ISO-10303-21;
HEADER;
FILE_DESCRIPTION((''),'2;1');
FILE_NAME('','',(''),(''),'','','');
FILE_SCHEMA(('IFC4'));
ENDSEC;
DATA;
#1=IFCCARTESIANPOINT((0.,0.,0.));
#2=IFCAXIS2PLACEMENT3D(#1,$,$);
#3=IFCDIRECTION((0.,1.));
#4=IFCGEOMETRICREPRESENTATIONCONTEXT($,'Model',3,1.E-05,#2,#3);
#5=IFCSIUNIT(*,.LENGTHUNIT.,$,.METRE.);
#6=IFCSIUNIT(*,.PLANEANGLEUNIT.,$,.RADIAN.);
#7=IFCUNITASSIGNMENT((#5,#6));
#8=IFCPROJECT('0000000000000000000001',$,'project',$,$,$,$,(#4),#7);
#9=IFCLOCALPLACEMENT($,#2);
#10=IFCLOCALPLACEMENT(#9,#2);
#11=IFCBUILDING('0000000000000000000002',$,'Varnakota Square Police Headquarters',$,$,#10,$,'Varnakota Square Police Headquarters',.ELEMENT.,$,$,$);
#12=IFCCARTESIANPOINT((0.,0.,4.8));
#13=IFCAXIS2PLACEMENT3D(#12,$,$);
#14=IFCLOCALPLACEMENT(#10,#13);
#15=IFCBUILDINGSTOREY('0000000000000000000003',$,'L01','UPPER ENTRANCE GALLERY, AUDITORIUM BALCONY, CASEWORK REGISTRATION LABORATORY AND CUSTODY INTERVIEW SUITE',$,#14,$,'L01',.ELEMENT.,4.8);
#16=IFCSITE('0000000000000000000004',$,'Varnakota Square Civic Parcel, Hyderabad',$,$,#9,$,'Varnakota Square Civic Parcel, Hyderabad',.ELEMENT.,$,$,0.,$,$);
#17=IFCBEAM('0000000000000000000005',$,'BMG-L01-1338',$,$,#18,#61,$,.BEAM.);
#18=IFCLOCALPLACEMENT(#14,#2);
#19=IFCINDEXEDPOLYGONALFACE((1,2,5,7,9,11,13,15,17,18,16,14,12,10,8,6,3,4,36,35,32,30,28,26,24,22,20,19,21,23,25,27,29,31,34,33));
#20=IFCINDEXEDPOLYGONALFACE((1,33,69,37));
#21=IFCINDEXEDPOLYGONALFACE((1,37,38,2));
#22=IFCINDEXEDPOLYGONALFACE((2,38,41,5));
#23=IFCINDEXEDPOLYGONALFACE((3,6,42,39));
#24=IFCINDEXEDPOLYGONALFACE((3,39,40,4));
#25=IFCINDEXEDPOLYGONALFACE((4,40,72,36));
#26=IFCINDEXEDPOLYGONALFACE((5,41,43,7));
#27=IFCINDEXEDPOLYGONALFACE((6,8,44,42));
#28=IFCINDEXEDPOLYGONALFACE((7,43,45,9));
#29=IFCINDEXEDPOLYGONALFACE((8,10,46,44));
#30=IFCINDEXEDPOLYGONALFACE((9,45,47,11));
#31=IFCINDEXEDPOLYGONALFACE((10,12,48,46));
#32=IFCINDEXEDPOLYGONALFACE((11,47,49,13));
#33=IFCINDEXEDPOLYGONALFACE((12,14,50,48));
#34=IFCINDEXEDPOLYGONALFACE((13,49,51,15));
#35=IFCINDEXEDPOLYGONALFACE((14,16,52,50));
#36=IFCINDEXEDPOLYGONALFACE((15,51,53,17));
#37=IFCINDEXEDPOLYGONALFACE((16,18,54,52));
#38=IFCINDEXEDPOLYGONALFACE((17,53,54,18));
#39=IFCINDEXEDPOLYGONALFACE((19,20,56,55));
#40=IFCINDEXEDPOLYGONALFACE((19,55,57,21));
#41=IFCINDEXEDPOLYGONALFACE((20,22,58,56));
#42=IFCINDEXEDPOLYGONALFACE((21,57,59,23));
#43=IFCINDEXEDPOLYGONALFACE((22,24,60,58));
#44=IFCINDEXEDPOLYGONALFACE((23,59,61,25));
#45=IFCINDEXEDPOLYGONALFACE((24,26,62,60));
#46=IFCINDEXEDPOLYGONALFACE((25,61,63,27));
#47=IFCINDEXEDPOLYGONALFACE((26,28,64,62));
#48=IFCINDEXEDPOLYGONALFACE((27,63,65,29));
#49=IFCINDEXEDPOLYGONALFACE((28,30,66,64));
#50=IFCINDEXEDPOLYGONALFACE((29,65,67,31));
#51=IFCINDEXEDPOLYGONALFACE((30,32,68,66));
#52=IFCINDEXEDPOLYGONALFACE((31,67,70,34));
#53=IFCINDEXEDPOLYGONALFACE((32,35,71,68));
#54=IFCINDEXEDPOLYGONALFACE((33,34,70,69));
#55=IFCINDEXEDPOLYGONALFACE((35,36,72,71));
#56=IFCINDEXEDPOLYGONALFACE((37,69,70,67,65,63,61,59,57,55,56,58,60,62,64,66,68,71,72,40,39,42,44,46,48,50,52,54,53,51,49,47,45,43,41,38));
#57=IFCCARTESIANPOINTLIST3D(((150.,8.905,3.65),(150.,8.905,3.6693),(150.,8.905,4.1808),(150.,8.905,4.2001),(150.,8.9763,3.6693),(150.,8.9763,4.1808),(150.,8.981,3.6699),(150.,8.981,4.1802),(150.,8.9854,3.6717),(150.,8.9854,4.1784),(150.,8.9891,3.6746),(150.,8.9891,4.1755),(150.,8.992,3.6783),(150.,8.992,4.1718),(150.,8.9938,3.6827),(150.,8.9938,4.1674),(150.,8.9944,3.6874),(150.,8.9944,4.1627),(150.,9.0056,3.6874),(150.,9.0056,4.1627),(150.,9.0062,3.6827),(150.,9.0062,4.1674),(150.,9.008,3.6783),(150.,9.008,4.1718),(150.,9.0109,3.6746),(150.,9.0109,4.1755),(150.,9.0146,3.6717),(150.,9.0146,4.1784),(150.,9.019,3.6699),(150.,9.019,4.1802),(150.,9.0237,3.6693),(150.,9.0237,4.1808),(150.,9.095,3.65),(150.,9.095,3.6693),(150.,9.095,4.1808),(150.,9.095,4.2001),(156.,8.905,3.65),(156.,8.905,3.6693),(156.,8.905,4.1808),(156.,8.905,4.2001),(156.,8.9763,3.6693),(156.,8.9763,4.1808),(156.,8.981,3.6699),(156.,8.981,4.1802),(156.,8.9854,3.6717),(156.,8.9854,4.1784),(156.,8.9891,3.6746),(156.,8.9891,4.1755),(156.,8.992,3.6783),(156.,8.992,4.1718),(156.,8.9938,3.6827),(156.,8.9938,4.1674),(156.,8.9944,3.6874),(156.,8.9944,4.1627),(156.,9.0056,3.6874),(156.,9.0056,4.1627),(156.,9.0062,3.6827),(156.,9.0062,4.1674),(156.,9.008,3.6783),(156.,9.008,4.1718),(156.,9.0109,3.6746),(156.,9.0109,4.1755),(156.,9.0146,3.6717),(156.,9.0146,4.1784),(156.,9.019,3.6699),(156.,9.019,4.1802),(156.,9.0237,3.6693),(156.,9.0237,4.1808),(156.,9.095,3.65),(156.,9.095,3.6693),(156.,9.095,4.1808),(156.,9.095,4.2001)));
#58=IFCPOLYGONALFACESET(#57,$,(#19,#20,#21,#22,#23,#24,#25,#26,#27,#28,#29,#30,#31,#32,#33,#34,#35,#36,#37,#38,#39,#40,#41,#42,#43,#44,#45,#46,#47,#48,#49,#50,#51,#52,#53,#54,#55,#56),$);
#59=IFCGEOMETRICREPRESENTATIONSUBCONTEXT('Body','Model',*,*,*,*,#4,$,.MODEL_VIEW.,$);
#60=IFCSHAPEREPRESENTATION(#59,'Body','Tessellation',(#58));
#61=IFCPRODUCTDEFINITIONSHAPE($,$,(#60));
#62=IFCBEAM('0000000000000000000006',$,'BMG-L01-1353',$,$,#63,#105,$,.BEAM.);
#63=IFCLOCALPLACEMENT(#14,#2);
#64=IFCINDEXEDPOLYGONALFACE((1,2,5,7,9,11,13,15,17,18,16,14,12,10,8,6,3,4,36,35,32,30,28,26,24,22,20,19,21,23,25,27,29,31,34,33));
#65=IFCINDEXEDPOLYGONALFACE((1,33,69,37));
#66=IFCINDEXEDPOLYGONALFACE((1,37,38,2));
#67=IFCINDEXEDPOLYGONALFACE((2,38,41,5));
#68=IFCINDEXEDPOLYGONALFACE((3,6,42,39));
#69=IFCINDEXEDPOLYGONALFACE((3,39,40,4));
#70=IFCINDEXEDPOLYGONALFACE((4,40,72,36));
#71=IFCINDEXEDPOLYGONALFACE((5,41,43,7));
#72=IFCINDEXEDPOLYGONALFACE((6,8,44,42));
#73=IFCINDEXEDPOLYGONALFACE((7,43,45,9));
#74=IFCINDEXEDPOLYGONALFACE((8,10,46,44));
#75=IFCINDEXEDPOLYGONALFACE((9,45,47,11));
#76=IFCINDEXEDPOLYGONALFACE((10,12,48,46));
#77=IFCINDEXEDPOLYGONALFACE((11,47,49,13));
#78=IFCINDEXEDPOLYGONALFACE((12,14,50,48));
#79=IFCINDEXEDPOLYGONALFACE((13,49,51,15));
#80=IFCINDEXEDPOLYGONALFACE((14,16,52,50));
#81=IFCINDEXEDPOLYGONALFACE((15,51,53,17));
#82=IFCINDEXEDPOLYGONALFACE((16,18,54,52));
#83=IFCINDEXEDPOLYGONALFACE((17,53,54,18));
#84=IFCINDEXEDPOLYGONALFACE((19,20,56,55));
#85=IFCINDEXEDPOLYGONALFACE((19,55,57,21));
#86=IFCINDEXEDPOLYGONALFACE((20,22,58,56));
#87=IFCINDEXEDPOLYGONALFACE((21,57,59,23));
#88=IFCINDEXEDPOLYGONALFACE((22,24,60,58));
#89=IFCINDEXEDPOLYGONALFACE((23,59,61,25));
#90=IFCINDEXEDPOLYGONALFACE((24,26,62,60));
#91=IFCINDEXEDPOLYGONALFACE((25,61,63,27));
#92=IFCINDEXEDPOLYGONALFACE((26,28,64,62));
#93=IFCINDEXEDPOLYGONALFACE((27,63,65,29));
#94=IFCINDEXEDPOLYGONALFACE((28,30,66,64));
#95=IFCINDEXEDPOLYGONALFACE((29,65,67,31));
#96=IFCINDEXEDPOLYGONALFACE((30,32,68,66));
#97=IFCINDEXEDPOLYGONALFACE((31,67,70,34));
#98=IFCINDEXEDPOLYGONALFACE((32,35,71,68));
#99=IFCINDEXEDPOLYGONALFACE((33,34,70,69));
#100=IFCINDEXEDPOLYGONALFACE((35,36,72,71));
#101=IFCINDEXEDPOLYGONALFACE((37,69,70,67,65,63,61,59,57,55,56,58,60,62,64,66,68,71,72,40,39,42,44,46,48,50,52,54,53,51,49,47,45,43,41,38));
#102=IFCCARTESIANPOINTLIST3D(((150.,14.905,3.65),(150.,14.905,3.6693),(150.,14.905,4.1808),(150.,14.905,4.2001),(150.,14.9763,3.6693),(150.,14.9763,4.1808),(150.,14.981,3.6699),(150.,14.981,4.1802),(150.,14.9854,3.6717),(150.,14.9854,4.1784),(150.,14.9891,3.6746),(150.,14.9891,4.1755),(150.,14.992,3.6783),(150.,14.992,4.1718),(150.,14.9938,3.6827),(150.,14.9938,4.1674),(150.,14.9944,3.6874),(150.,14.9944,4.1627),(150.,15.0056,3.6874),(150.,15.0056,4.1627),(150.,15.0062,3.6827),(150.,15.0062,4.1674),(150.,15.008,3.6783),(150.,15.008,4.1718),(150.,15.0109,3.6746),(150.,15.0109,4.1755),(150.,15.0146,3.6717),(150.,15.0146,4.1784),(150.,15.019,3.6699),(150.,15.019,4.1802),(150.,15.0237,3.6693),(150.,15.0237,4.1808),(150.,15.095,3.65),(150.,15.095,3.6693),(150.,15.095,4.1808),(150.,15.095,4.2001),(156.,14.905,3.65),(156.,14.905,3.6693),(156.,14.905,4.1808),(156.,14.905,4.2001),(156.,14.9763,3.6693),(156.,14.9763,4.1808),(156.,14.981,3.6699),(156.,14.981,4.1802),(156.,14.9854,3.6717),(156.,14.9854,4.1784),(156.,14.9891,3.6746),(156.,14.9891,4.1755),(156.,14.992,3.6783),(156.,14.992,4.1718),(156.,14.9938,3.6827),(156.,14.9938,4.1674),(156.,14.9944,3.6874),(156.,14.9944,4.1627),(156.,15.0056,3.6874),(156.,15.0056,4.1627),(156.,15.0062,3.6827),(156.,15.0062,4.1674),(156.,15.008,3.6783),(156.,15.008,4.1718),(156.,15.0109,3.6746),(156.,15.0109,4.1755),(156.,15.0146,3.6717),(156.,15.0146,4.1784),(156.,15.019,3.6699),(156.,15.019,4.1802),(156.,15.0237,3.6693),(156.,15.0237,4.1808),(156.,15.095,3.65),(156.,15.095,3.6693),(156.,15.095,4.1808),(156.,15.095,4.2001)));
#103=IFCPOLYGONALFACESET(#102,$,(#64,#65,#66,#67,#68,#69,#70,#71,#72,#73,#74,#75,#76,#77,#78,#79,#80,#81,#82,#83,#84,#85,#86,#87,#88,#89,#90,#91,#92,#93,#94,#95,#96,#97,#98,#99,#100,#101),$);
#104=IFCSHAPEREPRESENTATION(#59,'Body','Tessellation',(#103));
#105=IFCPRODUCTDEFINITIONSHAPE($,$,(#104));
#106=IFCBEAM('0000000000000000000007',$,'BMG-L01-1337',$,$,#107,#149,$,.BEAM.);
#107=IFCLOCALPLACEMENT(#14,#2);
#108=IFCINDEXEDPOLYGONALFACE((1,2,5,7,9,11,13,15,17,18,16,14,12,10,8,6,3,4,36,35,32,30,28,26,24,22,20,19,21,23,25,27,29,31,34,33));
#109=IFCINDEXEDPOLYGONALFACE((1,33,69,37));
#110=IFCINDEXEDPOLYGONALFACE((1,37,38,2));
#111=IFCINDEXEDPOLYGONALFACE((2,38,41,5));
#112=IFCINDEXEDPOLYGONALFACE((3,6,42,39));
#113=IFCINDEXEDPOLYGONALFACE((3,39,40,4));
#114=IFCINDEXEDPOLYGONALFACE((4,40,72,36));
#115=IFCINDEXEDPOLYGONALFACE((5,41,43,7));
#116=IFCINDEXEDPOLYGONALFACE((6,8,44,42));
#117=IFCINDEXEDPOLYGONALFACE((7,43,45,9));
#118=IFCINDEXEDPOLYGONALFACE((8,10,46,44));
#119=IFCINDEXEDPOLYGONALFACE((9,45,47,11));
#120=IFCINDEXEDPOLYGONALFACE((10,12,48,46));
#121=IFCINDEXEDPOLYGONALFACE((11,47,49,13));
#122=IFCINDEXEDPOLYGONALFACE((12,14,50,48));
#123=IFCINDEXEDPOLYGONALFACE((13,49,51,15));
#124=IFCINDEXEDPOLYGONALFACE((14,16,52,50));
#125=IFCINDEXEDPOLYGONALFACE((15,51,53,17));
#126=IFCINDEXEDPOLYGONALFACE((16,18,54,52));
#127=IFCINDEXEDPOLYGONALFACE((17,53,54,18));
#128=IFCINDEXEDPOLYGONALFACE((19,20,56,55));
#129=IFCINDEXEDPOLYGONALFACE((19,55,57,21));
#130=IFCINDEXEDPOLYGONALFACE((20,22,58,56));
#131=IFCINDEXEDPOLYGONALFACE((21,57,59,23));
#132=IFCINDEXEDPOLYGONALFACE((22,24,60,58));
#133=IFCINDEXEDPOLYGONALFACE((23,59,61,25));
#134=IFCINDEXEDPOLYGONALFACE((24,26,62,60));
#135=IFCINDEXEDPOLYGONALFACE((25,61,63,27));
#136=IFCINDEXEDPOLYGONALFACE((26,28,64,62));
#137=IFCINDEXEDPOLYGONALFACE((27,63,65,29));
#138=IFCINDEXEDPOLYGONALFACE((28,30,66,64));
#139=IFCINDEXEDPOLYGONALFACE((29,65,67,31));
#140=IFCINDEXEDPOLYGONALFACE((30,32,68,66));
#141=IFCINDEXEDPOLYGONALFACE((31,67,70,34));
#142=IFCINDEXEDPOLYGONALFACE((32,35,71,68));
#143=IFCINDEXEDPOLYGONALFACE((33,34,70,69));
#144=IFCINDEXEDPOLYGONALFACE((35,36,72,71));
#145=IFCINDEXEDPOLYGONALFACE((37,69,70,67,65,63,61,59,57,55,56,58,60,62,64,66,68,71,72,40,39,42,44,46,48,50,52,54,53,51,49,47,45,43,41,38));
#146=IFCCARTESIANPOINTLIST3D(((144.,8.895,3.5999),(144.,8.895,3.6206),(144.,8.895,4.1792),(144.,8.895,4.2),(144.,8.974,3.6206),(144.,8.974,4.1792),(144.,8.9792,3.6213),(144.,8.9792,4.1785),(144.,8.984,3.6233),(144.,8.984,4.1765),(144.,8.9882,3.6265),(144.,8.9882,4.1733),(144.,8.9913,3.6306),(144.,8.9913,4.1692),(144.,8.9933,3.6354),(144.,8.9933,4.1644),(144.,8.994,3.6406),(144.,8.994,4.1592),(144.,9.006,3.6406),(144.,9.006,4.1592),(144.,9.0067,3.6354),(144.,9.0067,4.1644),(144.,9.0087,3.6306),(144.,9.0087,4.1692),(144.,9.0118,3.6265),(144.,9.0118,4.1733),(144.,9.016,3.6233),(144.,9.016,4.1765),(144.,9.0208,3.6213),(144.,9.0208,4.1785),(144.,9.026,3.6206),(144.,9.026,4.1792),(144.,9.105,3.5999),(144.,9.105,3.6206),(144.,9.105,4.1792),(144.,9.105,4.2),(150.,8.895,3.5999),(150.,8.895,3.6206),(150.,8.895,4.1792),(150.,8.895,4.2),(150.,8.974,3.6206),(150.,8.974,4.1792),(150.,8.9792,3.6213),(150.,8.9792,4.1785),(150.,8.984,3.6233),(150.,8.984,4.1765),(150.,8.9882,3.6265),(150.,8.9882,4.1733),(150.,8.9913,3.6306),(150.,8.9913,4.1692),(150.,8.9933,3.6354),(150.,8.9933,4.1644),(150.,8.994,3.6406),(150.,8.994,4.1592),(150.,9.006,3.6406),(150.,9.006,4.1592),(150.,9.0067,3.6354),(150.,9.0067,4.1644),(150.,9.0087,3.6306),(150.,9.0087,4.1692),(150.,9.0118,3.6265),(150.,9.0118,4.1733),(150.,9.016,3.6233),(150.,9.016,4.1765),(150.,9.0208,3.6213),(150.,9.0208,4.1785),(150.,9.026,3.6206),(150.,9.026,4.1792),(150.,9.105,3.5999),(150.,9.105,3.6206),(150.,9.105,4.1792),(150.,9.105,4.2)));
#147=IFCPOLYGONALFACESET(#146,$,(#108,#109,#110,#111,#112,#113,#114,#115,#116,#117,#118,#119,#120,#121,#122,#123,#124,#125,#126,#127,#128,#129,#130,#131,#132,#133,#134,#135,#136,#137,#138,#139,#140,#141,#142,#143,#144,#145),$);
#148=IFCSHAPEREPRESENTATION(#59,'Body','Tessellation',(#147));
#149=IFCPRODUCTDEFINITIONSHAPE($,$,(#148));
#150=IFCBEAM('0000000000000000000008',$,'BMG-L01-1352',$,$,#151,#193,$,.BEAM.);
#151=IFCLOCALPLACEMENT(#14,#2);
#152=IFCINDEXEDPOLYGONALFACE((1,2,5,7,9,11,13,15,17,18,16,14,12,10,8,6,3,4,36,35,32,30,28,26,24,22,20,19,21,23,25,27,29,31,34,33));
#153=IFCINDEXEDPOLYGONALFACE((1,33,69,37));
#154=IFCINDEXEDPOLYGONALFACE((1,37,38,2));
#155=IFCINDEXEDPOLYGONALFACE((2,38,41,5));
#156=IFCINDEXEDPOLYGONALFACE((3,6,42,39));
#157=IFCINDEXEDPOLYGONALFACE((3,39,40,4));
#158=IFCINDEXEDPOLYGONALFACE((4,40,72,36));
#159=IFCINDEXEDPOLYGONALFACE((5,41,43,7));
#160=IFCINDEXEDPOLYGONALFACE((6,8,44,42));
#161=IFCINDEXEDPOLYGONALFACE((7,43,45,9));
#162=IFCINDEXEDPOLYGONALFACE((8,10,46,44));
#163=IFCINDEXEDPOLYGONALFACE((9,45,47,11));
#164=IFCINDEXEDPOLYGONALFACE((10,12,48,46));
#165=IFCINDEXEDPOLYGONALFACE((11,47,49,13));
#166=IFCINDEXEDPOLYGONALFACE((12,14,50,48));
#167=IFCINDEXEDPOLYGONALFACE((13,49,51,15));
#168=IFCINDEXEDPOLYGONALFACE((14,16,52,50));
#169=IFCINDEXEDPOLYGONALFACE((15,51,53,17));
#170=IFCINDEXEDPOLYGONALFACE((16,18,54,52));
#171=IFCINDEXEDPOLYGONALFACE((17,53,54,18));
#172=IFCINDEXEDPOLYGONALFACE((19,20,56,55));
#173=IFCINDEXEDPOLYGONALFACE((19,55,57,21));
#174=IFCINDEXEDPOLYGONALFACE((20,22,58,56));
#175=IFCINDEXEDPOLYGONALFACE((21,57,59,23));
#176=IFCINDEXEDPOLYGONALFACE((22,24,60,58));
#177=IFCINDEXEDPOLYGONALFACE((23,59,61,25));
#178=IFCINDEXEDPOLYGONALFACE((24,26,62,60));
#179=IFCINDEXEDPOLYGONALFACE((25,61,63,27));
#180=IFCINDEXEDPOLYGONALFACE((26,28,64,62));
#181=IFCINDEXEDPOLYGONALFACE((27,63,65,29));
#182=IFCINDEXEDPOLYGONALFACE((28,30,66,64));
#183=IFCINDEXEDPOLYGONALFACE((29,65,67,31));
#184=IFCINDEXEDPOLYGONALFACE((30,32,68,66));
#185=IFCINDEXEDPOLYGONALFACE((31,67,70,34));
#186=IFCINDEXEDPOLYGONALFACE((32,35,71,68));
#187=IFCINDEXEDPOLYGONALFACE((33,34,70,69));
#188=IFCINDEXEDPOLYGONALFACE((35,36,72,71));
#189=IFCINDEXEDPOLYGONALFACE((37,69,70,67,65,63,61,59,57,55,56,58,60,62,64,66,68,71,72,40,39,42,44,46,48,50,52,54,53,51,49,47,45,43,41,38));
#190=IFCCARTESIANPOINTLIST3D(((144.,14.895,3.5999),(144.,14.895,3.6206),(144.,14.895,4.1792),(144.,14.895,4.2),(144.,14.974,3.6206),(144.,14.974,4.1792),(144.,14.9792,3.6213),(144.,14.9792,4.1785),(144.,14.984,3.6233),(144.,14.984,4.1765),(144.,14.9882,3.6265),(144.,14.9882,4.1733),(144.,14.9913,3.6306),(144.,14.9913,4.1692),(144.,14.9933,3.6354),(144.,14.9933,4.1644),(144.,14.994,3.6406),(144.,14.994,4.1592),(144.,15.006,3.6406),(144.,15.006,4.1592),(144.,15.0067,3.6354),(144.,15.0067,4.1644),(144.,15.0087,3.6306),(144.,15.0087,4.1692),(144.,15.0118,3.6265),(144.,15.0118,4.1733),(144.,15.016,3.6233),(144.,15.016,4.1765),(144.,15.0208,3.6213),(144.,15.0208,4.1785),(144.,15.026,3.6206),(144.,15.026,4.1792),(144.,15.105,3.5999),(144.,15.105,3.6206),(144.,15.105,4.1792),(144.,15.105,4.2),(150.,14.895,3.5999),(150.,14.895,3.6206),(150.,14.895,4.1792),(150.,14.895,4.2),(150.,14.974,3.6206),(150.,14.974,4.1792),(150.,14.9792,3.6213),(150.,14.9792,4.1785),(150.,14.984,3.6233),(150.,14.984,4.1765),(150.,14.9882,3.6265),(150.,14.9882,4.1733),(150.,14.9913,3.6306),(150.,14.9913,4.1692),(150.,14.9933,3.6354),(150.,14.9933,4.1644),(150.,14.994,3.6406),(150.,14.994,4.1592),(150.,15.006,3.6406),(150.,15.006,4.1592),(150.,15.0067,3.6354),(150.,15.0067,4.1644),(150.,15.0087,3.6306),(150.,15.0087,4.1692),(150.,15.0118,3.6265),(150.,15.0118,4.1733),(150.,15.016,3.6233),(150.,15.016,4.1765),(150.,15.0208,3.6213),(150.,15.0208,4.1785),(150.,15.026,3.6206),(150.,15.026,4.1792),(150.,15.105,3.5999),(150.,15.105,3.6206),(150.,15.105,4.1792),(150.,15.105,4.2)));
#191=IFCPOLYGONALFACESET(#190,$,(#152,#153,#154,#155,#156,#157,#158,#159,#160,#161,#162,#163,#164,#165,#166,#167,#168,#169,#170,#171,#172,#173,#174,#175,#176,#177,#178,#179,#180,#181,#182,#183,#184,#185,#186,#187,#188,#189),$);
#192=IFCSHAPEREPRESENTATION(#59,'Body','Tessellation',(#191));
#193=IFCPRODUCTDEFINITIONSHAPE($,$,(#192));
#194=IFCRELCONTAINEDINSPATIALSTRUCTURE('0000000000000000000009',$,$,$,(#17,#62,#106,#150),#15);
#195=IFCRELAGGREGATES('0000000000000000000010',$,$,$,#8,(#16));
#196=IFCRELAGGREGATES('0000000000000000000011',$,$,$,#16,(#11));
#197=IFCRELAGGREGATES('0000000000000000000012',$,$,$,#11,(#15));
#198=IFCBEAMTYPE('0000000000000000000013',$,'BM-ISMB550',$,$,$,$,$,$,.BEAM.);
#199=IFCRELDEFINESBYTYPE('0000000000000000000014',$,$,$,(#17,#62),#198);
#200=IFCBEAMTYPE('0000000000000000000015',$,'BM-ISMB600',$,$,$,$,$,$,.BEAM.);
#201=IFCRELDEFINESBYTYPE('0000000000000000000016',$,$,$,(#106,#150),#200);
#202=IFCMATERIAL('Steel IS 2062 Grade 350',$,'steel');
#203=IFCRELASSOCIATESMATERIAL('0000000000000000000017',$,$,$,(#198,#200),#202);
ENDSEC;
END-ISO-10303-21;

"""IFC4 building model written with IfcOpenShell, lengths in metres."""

from ifc_helpers import new_model, si_unit, direction, frame, origin, origin_2d, place, context, subcontext, project, spatial, i_section, extrude, material, material_profile, profile_set, type_object, element, save


model = new_model("IFC4")

# Units and contexts
model_context = context("Model", 3, precision=1e-05, world=origin(), true_north=direction((0.0, 1.0)))
body_context = subcontext(model_context, "Body", "Model", "MODEL_VIEW")
ifc_project = project(units=[si_unit("LENGTHUNIT", "METRE"), si_unit("PLANEANGLEUNIT", "RADIAN")], contexts=[model_context])

# Site, building, storey
site_placement = place(None, origin())
site = spatial("IfcSite", under=ifc_project, at=site_placement, Name="Varnakota Square Civic Parcel, Hyderabad", LongName="Varnakota Square Civic Parcel, Hyderabad", CompositionType="ELEMENT", RefElevation=0.0)
building_placement = place(site_placement, origin())
building = spatial("IfcBuilding", under=site, at=building_placement, Name="Varnakota Square Police Headquarters", LongName="Varnakota Square Police Headquarters", CompositionType="ELEMENT")
storey_placement = place(building_placement, frame((0.0, 0.0, 4.8)))
storey = spatial("IfcBuildingStorey", under=building, at=storey_placement, Name="L01", Description="UPPER ENTRANCE GALLERY, AUDITORIUM BALCONY, CASEWORK REGISTRATION LABORATORY AND CUSTODY INTERVIEW SUITE", LongName="L01", CompositionType="ELEMENT", Elevation=4.8)

# Shared definitions
ifc_material_1 = material(Name="Steel IS 2062 Grade 350", Category="steel")

# Beams
ifc_material_profile_1 = material_profile(ifc_material_1, i_section(OverallWidth=0.1899, OverallDepth=0.55, WebThickness=0.0112, FlangeThickness=0.0193, FilletRadius=0.0181, at=origin_2d()), Name="ISMB 550")
ifc_profile_set_1 = profile_set([ifc_material_profile_1], Name="Steel IS 2062 Grade 350")
beam_type_1 = type_object("IfcBeamType", Name="BM-ISMB550", PredefinedType="BEAM", material=ifc_profile_set_1)
for number, where, z_axis, x_axis, name in (
    (1, (150.0, 9.0, 3.925), (1.0, 0.0, 0.0), (0.0, 1.0, 0.0), "BMG-L01-1338"),
    (2, (150.0, 15.0, 3.925), (1.0, 0.0, 0.0), (0.0, 1.0, 0.0), "BMG-L01-1353"),
):
    element("IfcBeam", number, at=place(storey_placement, frame(where, z_axis=z_axis, x_axis=x_axis)), inside=storey, type_object=beam_type_1, Name=name, PredefinedType="BEAM", context=body_context, shape_type="SweptSolid", body=[
        extrude(i_section(OverallWidth=0.1899, OverallDepth=0.55, WebThickness=0.0112, FlangeThickness=0.0193, FilletRadius=0.0181, at=origin_2d()), origin(), (0.0, 0.0, 1.0), 6.0),
    ])
ifc_material_profile_2 = material_profile(ifc_material_1, i_section(OverallWidth=0.21, OverallDepth=0.6001, WebThickness=0.012, FlangeThickness=0.0208, FilletRadius=0.02, at=origin_2d()), Name="ISMB 600")
ifc_profile_set_2 = profile_set([ifc_material_profile_2], Name="Steel IS 2062 Grade 350")
beam_type_2 = type_object("IfcBeamType", Name="BM-ISMB600", PredefinedType="BEAM", material=ifc_profile_set_2)
for number, where, z_axis, x_axis, name in (
    (3, (144.0, 9.0, 3.8999), (1.0, 0.0, 0.0), (0.0, 1.0, 0.0), "BMG-L01-1337"),
    (4, (144.0, 15.0, 3.8999), (1.0, 0.0, 0.0), (0.0, 1.0, 0.0), "BMG-L01-1352"),
):
    element("IfcBeam", number, at=place(storey_placement, frame(where, z_axis=z_axis, x_axis=x_axis)), inside=storey, type_object=beam_type_2, Name=name, PredefinedType="BEAM", context=body_context, shape_type="SweptSolid", body=[
        extrude(i_section(OverallWidth=0.21, OverallDepth=0.6001, WebThickness=0.012, FlangeThickness=0.0208, FilletRadius=0.02, at=origin_2d()), origin(), (0.0, 0.0, 1.0), 6.0),
    ])

save(model, "model.ifc")
